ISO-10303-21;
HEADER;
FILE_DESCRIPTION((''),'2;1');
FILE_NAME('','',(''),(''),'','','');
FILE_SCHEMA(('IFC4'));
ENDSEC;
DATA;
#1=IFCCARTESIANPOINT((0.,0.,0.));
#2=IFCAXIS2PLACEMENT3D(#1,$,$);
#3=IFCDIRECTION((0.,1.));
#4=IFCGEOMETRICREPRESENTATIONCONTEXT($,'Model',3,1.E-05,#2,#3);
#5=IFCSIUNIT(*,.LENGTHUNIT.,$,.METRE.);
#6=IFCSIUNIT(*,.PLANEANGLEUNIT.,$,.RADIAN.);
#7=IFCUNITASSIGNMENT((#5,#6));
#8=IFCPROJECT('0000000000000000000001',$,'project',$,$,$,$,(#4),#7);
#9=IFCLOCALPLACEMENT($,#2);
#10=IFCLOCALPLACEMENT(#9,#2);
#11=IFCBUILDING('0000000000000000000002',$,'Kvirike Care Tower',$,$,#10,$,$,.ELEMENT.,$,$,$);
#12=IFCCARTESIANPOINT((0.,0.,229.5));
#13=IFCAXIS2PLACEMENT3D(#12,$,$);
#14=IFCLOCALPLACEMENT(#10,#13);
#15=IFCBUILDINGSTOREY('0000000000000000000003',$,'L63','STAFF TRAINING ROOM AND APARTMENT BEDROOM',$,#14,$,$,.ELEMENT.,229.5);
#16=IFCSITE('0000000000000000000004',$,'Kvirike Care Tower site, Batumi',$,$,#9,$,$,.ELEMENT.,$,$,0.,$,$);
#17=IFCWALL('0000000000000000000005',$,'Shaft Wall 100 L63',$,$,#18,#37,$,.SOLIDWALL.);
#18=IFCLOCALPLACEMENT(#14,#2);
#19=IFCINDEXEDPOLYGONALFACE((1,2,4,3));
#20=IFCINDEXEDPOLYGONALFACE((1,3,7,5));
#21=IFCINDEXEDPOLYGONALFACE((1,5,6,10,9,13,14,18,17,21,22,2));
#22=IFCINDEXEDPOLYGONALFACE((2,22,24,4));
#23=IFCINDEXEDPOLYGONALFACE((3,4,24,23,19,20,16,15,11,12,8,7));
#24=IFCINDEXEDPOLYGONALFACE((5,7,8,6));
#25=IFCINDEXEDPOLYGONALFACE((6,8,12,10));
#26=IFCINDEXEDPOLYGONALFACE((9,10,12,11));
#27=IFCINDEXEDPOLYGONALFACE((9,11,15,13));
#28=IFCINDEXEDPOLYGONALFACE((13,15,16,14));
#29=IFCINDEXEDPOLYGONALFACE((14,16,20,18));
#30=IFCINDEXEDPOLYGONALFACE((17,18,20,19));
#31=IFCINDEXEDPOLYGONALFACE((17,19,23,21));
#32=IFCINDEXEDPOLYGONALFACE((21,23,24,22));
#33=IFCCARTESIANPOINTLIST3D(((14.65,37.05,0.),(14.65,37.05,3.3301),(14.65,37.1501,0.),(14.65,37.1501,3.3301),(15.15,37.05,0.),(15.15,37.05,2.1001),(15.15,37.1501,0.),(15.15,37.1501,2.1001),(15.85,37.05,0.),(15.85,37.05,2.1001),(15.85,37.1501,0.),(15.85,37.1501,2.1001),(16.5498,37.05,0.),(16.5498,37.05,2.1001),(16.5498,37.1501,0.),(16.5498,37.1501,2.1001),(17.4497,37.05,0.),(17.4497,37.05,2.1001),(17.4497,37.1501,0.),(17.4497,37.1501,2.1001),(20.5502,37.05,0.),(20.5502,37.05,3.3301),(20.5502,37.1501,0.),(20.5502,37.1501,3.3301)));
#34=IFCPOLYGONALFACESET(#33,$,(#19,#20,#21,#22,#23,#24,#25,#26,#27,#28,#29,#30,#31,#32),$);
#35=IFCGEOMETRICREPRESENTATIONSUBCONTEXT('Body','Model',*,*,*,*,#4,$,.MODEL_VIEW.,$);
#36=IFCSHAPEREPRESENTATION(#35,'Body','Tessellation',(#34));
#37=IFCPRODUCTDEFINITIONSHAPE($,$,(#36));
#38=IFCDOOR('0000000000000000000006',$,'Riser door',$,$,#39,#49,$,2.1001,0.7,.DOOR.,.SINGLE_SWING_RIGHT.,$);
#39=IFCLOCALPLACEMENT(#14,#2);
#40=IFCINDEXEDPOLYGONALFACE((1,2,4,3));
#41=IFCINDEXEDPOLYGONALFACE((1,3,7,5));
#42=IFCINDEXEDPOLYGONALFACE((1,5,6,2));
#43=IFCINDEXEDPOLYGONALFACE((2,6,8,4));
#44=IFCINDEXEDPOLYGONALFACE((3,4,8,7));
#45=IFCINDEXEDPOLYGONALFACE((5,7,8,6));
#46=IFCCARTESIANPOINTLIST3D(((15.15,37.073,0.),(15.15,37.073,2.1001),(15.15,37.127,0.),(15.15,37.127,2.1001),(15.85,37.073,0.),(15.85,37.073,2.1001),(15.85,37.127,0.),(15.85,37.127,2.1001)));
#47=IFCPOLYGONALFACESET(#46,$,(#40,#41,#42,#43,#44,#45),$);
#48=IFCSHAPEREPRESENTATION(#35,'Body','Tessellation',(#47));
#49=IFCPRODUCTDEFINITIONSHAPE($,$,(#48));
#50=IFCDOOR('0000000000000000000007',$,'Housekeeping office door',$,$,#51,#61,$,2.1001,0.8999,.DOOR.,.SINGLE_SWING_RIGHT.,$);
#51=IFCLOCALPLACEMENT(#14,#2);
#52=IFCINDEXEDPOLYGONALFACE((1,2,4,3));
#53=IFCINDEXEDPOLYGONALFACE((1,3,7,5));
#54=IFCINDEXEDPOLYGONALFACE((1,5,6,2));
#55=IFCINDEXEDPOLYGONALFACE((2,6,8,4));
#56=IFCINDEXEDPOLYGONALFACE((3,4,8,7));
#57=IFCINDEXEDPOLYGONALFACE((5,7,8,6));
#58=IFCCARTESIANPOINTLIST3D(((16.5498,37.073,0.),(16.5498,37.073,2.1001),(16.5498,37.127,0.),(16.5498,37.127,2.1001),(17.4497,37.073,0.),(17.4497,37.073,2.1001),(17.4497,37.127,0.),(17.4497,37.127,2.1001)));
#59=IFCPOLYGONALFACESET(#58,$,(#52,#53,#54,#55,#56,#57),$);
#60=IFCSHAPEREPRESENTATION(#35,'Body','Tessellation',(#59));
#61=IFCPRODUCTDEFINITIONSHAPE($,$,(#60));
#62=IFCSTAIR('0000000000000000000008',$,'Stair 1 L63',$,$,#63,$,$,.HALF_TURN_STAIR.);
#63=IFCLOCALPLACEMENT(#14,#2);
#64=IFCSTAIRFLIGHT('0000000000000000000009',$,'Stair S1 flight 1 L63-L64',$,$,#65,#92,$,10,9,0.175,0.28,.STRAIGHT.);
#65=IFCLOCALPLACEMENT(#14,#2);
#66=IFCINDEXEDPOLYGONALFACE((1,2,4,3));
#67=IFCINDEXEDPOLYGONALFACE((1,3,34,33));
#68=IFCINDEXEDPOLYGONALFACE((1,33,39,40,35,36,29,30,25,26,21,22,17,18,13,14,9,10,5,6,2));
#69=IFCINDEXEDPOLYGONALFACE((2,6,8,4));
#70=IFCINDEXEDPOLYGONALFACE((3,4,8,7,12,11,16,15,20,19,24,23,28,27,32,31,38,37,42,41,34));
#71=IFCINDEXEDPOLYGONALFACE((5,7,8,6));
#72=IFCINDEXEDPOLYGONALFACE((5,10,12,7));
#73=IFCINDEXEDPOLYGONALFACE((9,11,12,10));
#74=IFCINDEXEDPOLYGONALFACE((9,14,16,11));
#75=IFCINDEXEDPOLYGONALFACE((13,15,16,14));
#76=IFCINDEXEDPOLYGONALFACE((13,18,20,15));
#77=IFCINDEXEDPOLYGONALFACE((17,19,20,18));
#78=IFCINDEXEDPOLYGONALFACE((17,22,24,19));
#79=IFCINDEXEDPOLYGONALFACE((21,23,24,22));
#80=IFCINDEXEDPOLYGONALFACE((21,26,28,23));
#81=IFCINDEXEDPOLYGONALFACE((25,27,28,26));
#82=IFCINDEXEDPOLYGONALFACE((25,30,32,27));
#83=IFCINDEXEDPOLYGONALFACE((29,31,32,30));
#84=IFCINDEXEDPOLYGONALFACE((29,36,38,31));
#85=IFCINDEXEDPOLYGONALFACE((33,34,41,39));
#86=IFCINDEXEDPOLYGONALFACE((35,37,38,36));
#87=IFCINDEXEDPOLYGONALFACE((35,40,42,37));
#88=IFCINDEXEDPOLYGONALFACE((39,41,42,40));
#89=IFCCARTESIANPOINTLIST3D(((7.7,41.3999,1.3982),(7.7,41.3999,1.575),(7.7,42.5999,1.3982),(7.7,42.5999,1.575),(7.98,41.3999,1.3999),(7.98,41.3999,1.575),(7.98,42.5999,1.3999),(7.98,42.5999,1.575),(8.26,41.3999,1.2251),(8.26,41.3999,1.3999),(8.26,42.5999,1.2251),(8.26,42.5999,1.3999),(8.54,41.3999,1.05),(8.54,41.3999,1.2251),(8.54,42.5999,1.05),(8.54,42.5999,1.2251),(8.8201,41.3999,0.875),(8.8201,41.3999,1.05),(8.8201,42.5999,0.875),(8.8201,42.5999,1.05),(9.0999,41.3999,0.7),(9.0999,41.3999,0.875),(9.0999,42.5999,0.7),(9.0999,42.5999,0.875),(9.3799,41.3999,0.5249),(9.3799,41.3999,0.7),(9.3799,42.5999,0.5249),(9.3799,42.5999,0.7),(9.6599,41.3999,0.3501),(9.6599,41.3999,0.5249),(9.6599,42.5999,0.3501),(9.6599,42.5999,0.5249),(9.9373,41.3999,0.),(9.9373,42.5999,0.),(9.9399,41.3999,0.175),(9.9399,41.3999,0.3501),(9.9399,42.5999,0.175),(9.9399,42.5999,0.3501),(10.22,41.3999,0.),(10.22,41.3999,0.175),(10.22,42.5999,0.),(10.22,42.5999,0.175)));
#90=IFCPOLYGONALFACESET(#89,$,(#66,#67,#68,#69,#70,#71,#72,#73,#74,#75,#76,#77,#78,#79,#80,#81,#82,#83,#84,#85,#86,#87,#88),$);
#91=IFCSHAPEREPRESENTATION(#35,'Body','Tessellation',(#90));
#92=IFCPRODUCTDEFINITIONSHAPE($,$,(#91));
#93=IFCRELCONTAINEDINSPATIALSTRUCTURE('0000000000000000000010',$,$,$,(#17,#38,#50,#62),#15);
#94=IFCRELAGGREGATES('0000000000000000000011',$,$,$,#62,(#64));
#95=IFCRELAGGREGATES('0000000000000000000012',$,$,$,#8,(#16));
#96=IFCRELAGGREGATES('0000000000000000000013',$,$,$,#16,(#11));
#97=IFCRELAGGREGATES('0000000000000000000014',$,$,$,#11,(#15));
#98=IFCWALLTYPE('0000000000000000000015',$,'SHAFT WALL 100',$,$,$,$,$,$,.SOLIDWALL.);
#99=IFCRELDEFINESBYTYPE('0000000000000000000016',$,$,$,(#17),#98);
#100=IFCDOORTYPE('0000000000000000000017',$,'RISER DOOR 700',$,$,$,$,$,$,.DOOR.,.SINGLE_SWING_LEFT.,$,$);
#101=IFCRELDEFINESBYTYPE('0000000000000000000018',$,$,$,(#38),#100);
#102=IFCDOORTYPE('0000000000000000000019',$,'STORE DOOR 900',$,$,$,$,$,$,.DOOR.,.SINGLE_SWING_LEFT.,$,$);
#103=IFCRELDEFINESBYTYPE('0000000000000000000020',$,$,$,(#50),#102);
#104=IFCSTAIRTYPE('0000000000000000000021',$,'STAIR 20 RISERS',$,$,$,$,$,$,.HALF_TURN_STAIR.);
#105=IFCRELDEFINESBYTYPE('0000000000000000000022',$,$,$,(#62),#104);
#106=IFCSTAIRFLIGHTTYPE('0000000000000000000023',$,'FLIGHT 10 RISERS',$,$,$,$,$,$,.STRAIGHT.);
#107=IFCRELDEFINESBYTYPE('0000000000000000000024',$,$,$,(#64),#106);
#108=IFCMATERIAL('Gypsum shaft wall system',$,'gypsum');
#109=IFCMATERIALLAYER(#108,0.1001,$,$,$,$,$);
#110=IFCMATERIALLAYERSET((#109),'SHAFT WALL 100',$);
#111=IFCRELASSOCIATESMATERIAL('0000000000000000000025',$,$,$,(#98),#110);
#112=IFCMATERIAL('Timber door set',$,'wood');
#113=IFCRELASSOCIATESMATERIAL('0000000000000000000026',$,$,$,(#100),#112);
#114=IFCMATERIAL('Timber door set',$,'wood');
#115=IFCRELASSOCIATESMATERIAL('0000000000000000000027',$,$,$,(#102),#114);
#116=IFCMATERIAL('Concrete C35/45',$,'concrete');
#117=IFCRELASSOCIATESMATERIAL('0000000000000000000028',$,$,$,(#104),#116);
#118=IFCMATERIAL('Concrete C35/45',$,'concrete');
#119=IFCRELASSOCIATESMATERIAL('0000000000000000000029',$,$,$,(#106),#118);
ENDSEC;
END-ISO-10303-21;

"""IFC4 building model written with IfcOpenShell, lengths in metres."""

from ifc_helpers import new_model, si_unit, direction, frame, frame_2d, origin, place, context, subcontext, project, spatial, polyline, rectangle, outline, extrude, material, layer, layer_set, type_object, element, fill, aggregate, save


model = new_model("IFC4")

# Units and contexts
model_context = context("Model", 3, precision=1e-05, world=origin(), true_north=direction((0.0, 1.0)))
body_context = subcontext(model_context, "Body", "Model", "MODEL_VIEW")
ifc_project = project(units=[si_unit("LENGTHUNIT", "METRE"), si_unit("PLANEANGLEUNIT", "RADIAN")], contexts=[model_context])

# Site, building, storey
site_placement = place(None, origin())
site = spatial("IfcSite", under=ifc_project, at=site_placement, Name="Kvirike Care Tower site, Batumi", CompositionType="ELEMENT", RefElevation=0.0)
building_placement = place(site_placement, origin())
building = spatial("IfcBuilding", under=site, at=building_placement, Name="Kvirike Care Tower", CompositionType="ELEMENT")
storey_placement = place(building_placement, frame((0.0, 0.0, 229.5)))
storey = spatial("IfcBuildingStorey", under=building, at=storey_placement, Name="L63", Description="STAFF TRAINING ROOM AND APARTMENT BEDROOM", CompositionType="ELEMENT", Elevation=229.5)

# Shared definitions
ifc_material_1 = material(Name="Gypsum shaft wall system", Category="gypsum")
ifc_layer_1 = layer(ifc_material_1, 0.1001)
ifc_layer_set_1 = layer_set([ifc_layer_1], Name="SHAFT WALL 100")
wall_type_1 = type_object("IfcWallType", Name="SHAFT WALL 100", PredefinedType="SOLIDWALL", material=ifc_layer_set_1)

# Shared definitions
ifc_material_2 = material(Name="Timber door set", Category="wood")
door_type_1 = type_object("IfcDoorType", Name="RISER DOOR 700", OperationType="SINGLE_SWING_LEFT", PredefinedType="DOOR", material=ifc_material_2)

# Wall, openings, doors
wall_1_placement = place(storey_placement, frame((14.6499, 37.1001, 0.0), z_axis=(0.0, 0.0, 1.0), x_axis=(1.0, 0.0, 0.0)))
wall_1 = element("IfcWall", 1, at=wall_1_placement, inside=storey, type_object=wall_type_1, Name="Shaft Wall 100 L63", PredefinedType="SOLIDWALL", context=body_context, shape_type="SweptSolid", body=[
    extrude(rectangle(XDim=5.9001, YDim=0.1001, at=frame_2d((2.9502, 0.0))), origin(), (0.0, 0.0, 1.0), 3.3301),
])
opening_1_placement = place(wall_1_placement, frame((0.5, 0.0, 0.0)))
opening_1 = element("IfcOpeningElement", 2, at=opening_1_placement, cuts=wall_1, PredefinedType="OPENING", context=body_context, shape_type="SweptSolid", body=[
    extrude(rectangle(XDim=0.7, YDim=2.1001, at=frame_2d((0.3501, 1.05))), frame((0.0, 0.0605, 0.0), z_axis=(0.0, -1.0, 0.0), x_axis=(1.0, 0.0, 0.0)), (0.0, 0.0, 1.0), 0.1211),
])
opening_2_placement = place(wall_1_placement, frame((1.8999, 0.0, 0.0)))
opening_2 = element("IfcOpeningElement", 3, at=opening_2_placement, cuts=wall_1, PredefinedType="OPENING", context=body_context, shape_type="SweptSolid", body=[
    extrude(rectangle(XDim=0.8999, YDim=2.1001, at=frame_2d((0.45, 1.05))), frame((0.0, 0.0605, 0.0), z_axis=(0.0, -1.0, 0.0), x_axis=(1.0, 0.0, 0.0)), (0.0, 0.0, 1.0), 0.1211),
])
door_1_placement = place(opening_1_placement, origin())
door_1 = element("IfcDoor", 4, at=door_1_placement, inside=storey, type_object=door_type_1, Name="Riser door", OperationType="SINGLE_SWING_RIGHT", OverallHeight=2.1001, OverallWidth=0.7, PredefinedType="DOOR", context=body_context, shape_type="SweptSolid", body=[
    extrude(rectangle(XDim=0.7, YDim=2.1001, at=frame_2d((0.3501, 1.05))), frame((0.0, 0.0269, 0.0), z_axis=(0.0, -1.0, 0.0), x_axis=(1.0, 0.0, 0.0)), (0.0, 0.0, 1.0), 0.054),
])
fill(opening_1, door_1)
ifc_material_3 = material(Name="Timber door set", Category="wood")
door_type_2 = type_object("IfcDoorType", Name="STORE DOOR 900", OperationType="SINGLE_SWING_LEFT", PredefinedType="DOOR", material=ifc_material_3)
door_2_placement = place(opening_2_placement, origin())
door_2 = element("IfcDoor", 5, at=door_2_placement, inside=storey, type_object=door_type_2, Name="Housekeeping office door", OperationType="SINGLE_SWING_RIGHT", OverallHeight=2.1001, OverallWidth=0.8999, PredefinedType="DOOR", context=body_context, shape_type="SweptSolid", body=[
    extrude(rectangle(XDim=0.8999, YDim=2.1001, at=frame_2d((0.45, 1.05))), frame((0.0, 0.0269, 0.0), z_axis=(0.0, -1.0, 0.0), x_axis=(1.0, 0.0, 0.0)), (0.0, 0.0, 1.0), 0.054),
])
fill(opening_2, door_2)

# Stair, stair flight
ifc_material_4 = material(Name="Concrete C35/45", Category="concrete")
stair_type = type_object("IfcStairType", Name="STAIR 20 RISERS", PredefinedType="HALF_TURN_STAIR", material=ifc_material_4)
stair_placement = place(storey_placement, origin())
stair = element("IfcStair", 6, at=stair_placement, inside=storey, type_object=stair_type, Name="Stair 1 L63", PredefinedType="HALF_TURN_STAIR")
ifc_material_5 = material(Name="Concrete C35/45", Category="concrete")
stair_flight_type = type_object("IfcStairFlightType", Name="FLIGHT 10 RISERS", PredefinedType="STRAIGHT", material=ifc_material_5)
stair_flight_placement = place(storey_placement, frame((10.22, 42.0, 0.0), z_axis=(0.0, 0.0, 1.0), x_axis=(-1.0, 0.0, 0.0)))
stair_flight = element("IfcStairFlight", 7, at=stair_flight_placement, type_object=stair_flight_type, Name="Stair S1 flight 1 L63-L64", NumberOfRisers=10, NumberOfTreads=9, PredefinedType="STRAIGHT", RiserHeight=0.175, TreadLength=0.28, context=body_context, shape_type="SweptSolid", body=[
    extrude(outline(polyline([(0.0, 0.0), (0.0, 0.175), (0.28, 0.175), (0.28, 0.3501), (0.5601, 0.3501), (0.5601, 0.5249), (0.8401, 0.5249), (0.8401, 0.7), (1.1201, 0.7), (1.1201, 0.875), (1.3999, 0.875), (1.3999, 1.05), (1.6799, 1.05), (1.6799, 1.2251), (1.96, 1.2251), (1.96, 1.3999), (2.24, 1.3999), (2.24, 1.575), (2.52, 1.575), (2.52, 1.75), (2.52, 1.3982), (0.2827, 0.0), (0.0, 0.0)])), frame((0.0, 0.6001, 0.0), z_axis=(0.0, -1.0, 0.0), x_axis=(1.0, 0.0, 0.0)), (0.0, 0.0, 1.0), 1.2),
])
aggregate(stair, [stair_flight])

save(model, "model.ifc")
